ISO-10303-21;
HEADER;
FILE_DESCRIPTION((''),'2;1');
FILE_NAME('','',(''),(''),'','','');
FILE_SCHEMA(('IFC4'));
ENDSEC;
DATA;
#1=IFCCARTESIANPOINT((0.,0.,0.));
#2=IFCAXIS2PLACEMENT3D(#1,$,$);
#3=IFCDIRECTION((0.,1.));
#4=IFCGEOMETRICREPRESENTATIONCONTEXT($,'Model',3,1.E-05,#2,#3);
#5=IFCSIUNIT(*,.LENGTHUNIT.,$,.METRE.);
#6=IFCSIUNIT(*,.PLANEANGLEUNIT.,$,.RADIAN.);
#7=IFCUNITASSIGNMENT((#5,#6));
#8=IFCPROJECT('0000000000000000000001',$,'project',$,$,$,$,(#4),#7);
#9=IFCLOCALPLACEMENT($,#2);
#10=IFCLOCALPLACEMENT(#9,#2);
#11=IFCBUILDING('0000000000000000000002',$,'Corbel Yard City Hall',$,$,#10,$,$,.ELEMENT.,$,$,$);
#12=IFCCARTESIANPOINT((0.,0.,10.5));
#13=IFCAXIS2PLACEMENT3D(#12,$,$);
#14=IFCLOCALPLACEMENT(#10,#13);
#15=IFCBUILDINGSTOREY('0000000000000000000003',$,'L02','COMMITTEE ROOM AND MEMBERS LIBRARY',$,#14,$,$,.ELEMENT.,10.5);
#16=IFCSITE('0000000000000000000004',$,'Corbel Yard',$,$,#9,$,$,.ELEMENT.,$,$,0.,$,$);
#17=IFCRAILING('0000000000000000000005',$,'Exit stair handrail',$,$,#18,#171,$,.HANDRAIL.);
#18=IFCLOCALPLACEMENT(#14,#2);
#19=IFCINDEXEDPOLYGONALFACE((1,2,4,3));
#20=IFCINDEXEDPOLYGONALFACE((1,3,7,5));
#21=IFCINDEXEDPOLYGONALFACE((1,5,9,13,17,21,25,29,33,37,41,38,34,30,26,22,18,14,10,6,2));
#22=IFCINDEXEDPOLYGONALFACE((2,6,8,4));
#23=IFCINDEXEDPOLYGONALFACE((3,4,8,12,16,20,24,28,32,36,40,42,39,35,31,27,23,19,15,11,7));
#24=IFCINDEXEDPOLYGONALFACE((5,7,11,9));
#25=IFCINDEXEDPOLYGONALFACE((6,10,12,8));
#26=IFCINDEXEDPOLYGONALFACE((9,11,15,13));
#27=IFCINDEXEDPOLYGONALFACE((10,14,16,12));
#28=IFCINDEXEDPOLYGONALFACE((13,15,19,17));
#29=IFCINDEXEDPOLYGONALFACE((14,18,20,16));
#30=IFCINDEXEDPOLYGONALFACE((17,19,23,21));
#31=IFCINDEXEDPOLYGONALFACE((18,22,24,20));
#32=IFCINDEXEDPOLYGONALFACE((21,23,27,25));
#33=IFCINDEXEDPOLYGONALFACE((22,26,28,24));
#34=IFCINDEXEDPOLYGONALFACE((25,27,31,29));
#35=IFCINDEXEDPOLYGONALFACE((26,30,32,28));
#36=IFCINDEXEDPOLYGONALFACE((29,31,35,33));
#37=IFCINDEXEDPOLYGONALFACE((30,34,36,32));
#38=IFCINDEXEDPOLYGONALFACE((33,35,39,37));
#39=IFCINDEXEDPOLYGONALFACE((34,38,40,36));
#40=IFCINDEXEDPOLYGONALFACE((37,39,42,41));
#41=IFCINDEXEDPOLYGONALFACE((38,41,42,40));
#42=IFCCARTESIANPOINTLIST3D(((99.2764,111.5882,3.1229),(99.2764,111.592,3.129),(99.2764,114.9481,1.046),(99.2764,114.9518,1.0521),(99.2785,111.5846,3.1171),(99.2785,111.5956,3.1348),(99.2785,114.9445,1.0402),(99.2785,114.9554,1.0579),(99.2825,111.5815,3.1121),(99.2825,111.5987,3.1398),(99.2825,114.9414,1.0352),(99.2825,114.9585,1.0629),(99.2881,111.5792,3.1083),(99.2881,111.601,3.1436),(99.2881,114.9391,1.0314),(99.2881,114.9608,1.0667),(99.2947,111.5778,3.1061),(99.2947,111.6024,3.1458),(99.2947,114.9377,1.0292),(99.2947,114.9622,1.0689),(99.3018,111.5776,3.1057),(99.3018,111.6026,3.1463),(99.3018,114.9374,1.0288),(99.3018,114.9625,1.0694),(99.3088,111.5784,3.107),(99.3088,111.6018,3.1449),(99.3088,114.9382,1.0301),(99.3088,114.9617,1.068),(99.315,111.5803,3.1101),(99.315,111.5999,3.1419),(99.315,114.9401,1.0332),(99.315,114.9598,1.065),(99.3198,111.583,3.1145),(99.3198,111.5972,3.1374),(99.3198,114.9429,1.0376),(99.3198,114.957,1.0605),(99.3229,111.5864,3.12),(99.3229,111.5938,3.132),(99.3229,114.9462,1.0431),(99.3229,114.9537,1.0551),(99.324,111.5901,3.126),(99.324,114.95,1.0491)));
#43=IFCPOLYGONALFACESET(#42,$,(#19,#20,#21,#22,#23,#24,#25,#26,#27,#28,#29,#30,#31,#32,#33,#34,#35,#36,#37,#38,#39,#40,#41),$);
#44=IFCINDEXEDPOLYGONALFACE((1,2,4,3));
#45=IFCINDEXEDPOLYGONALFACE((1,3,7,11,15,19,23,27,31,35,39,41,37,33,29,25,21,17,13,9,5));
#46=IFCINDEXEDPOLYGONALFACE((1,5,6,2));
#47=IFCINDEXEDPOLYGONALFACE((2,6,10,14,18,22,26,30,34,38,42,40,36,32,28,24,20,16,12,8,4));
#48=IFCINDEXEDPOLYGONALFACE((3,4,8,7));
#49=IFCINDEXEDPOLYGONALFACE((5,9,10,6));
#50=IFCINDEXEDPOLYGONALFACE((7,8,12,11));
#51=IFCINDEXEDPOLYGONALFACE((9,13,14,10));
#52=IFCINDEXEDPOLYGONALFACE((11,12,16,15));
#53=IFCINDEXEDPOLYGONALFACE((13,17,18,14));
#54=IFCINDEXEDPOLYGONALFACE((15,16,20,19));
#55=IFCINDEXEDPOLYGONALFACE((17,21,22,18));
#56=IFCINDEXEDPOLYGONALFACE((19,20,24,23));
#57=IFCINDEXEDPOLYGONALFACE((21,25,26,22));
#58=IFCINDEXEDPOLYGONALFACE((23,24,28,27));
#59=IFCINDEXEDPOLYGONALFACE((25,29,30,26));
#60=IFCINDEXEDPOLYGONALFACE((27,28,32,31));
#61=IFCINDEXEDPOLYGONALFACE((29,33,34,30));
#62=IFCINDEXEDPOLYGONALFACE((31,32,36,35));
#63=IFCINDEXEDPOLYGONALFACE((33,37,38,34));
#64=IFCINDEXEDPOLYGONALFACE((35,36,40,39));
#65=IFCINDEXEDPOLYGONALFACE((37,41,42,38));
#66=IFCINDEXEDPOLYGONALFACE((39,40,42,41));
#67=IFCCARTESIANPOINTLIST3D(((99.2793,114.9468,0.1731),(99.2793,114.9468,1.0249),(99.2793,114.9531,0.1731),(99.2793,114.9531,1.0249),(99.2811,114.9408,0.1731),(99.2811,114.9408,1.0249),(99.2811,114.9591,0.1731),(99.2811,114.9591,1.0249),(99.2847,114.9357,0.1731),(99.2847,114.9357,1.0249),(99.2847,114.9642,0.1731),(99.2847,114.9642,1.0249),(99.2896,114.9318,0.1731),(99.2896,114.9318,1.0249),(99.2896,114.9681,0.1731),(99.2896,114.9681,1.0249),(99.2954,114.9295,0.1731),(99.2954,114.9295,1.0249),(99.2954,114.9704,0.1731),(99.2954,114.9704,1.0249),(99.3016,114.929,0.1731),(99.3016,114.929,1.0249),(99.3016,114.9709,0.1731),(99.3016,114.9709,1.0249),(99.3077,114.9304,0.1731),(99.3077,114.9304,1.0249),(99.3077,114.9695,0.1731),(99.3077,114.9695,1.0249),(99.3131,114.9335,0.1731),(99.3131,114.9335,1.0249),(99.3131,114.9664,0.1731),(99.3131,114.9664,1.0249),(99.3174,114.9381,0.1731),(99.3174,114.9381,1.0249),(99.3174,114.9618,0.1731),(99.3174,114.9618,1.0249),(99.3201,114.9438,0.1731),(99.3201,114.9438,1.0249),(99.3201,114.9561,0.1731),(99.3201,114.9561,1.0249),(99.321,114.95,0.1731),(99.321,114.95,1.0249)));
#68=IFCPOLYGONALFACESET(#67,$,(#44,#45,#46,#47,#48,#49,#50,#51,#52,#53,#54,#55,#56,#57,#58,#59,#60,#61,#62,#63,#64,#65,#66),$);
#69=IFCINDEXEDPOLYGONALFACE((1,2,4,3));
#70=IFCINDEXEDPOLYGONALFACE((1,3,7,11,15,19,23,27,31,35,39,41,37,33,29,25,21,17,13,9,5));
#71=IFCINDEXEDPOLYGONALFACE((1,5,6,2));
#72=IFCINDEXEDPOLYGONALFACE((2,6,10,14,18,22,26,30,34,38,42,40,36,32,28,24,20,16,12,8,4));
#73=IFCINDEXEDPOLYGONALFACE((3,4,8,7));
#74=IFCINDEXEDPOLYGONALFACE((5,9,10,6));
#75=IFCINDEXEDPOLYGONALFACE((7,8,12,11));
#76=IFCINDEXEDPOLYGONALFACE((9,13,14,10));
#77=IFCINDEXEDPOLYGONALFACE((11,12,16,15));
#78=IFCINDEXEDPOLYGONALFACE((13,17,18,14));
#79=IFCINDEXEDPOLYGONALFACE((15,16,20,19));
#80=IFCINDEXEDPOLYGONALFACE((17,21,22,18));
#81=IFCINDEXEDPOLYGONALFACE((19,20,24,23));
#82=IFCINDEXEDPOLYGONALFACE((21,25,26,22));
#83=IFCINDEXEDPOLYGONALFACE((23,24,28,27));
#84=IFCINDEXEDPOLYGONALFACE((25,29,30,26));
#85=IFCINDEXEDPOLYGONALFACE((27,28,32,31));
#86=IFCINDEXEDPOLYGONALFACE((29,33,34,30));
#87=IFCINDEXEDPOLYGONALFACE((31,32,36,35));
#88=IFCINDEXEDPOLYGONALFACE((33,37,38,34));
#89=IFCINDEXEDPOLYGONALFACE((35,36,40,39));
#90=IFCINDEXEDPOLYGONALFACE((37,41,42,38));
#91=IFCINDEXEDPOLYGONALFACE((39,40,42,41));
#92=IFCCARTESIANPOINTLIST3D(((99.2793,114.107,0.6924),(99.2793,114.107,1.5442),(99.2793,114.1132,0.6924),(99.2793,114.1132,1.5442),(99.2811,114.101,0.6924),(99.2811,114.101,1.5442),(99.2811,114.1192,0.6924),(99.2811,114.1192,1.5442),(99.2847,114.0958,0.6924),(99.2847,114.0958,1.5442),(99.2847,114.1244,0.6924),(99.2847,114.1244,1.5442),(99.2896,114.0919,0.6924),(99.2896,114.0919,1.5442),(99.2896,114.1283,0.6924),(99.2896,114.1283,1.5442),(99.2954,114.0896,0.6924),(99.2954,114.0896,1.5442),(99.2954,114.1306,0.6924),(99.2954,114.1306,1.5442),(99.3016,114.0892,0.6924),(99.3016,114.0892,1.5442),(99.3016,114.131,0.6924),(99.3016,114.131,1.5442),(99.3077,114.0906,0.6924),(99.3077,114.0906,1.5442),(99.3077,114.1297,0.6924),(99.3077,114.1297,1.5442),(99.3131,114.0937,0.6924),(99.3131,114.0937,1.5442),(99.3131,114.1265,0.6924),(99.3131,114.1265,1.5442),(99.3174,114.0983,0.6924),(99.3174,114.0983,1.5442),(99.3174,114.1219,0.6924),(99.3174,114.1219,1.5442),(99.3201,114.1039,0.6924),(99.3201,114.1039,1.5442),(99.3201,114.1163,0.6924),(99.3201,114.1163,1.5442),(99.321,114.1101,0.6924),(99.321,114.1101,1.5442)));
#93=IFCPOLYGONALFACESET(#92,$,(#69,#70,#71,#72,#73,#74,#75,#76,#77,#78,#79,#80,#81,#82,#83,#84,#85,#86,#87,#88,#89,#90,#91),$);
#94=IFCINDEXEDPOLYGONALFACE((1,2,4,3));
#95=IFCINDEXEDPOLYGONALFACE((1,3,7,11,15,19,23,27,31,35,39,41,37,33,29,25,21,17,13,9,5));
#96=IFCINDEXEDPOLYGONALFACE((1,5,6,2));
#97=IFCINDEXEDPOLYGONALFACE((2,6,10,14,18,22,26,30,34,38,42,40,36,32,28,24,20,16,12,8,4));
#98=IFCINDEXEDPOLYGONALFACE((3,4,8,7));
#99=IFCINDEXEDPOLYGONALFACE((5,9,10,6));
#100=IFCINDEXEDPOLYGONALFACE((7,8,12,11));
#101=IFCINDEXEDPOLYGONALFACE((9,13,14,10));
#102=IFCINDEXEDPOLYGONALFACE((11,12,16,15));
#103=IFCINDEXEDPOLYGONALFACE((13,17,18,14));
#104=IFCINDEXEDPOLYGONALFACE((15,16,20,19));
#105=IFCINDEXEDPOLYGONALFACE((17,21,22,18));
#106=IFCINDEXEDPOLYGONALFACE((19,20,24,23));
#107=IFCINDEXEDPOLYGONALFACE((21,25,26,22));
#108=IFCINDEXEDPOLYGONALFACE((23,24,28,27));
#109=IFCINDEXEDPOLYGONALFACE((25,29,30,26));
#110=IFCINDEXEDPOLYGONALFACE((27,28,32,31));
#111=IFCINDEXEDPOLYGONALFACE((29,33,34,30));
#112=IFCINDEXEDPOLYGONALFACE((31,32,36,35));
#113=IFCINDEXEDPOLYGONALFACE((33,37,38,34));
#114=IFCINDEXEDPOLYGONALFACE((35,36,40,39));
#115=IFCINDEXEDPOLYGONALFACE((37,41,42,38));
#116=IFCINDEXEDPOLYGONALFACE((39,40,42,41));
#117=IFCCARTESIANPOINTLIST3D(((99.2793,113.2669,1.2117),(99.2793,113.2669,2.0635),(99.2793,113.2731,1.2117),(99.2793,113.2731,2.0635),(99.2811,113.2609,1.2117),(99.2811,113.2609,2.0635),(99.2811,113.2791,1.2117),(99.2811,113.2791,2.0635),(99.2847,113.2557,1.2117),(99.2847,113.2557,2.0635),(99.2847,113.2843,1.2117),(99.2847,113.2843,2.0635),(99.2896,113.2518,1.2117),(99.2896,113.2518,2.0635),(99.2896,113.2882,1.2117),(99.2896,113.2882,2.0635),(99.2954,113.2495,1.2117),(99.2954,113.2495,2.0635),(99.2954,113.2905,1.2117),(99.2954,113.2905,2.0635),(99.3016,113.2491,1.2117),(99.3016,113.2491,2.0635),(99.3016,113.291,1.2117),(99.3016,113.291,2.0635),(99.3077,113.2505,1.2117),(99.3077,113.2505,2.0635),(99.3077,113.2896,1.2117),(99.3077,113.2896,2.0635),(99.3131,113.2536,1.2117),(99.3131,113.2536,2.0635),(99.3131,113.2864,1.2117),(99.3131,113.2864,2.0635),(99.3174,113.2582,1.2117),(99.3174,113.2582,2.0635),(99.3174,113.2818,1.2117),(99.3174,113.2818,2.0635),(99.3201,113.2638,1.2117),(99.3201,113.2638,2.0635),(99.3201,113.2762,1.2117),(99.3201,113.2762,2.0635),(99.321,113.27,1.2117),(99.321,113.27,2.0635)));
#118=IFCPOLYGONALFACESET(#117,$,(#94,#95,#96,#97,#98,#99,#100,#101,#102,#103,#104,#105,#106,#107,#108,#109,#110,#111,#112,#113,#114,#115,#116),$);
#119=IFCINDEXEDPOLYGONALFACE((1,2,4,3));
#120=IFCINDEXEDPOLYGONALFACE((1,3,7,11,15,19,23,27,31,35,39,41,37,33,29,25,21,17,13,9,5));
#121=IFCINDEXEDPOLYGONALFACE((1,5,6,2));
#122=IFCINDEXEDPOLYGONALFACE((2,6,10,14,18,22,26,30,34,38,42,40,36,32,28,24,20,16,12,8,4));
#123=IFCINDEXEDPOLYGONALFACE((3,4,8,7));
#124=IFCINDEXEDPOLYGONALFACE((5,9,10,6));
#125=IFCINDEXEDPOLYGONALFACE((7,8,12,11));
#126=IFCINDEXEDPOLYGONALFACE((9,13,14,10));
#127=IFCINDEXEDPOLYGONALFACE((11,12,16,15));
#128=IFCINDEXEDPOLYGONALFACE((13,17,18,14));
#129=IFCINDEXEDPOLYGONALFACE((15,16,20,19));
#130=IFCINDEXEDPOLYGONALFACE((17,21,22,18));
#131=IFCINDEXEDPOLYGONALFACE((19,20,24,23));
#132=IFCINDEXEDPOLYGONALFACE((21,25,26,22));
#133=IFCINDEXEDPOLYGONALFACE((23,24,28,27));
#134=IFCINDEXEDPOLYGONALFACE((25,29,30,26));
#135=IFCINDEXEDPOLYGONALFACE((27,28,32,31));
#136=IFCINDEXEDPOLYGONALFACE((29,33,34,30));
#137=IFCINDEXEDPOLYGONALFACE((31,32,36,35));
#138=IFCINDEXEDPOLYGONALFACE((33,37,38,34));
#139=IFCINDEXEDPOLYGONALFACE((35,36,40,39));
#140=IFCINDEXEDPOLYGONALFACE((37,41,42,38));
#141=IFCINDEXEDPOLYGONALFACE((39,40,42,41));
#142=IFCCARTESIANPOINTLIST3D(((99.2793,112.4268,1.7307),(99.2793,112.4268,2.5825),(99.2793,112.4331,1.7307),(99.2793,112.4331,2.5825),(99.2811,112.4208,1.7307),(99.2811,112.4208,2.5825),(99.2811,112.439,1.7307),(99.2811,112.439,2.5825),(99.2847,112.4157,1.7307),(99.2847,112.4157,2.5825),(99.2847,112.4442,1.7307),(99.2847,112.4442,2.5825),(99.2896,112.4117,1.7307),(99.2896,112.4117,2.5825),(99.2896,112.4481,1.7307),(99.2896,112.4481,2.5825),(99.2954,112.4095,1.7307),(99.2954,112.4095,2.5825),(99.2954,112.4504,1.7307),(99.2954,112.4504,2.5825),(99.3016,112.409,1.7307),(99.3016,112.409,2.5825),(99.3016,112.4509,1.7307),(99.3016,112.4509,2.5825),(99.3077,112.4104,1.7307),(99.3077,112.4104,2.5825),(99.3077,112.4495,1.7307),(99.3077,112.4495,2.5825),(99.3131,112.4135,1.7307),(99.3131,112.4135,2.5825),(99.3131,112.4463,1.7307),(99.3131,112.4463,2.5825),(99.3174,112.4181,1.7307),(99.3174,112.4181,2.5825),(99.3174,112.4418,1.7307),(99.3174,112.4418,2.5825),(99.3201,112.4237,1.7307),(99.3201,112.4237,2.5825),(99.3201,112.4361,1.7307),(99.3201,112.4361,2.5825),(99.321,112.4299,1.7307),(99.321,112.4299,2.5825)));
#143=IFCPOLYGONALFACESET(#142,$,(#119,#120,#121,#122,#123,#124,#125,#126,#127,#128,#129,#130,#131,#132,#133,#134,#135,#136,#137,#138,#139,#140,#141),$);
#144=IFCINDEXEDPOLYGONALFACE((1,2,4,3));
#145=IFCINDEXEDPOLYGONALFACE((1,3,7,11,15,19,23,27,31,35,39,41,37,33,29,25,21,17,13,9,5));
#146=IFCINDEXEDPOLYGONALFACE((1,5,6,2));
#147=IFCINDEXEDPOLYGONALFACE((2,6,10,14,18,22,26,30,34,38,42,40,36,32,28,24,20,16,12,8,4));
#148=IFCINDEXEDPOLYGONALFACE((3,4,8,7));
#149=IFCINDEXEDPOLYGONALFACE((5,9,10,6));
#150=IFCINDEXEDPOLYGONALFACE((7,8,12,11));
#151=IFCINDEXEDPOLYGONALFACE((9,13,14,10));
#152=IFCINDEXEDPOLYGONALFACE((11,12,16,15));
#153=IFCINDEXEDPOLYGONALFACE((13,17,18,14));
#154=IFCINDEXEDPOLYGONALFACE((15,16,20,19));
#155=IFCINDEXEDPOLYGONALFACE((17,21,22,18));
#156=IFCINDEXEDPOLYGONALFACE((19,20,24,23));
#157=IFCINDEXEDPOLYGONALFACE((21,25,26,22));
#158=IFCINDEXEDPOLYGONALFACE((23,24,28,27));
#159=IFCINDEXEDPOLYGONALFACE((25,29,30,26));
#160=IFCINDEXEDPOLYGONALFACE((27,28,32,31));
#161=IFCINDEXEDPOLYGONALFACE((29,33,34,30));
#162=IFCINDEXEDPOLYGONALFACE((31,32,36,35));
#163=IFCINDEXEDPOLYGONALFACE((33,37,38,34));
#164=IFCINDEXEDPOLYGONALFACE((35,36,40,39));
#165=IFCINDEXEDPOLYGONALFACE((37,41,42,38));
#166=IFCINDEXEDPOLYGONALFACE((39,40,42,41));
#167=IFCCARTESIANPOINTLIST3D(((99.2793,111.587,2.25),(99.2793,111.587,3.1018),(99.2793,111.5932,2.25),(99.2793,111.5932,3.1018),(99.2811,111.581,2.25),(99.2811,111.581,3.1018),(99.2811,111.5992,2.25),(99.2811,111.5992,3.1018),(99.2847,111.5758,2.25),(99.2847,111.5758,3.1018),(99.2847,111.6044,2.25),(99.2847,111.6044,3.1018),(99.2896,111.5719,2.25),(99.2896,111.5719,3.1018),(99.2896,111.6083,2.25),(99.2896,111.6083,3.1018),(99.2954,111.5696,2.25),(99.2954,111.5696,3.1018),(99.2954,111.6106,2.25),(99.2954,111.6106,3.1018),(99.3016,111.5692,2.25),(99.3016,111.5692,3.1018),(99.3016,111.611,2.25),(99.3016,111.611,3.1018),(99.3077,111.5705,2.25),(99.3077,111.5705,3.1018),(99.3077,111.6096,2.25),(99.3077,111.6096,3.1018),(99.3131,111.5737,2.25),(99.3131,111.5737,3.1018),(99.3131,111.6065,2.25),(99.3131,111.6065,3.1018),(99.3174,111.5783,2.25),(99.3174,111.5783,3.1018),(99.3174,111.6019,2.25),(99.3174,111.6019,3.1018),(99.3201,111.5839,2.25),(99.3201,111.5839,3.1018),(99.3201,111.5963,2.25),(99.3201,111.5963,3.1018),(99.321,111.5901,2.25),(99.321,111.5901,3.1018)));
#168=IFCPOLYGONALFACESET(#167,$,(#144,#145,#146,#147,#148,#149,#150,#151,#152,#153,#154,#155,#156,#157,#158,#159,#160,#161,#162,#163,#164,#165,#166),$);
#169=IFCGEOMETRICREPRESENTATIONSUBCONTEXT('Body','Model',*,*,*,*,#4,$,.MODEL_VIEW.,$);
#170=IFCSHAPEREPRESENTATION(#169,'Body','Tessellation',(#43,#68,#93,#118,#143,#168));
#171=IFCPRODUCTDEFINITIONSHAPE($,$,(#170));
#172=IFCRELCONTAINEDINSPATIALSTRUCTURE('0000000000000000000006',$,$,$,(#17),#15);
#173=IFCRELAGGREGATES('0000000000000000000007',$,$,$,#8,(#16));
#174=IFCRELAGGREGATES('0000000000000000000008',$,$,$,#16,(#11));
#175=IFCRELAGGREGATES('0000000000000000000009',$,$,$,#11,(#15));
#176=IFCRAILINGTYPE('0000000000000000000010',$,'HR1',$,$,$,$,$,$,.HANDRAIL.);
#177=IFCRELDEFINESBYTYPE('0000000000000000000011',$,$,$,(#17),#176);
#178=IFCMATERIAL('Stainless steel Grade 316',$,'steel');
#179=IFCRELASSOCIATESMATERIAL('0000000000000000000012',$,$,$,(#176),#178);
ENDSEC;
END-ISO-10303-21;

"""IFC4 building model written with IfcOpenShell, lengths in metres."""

from ifc_helpers import new_model, si_unit, direction, frame, origin, origin_2d, place, context, subcontext, project, spatial, circle, extrude, material, type_object, element, save


model = new_model("IFC4")

# Units and contexts
model_context = context("Model", 3, precision=1e-05, world=origin(), true_north=direction((0.0, 1.0)))
body_context = subcontext(model_context, "Body", "Model", "MODEL_VIEW")
ifc_project = project(units=[si_unit("LENGTHUNIT", "METRE"), si_unit("PLANEANGLEUNIT", "RADIAN")], contexts=[model_context])

# Site, building, storey
site_placement = place(None, origin())
site = spatial("IfcSite", under=ifc_project, at=site_placement, Name="Corbel Yard", CompositionType="ELEMENT", RefElevation=0.0)
building_placement = place(site_placement, origin())
building = spatial("IfcBuilding", under=site, at=building_placement, Name="Corbel Yard City Hall", CompositionType="ELEMENT")
storey_placement = place(building_placement, frame((0.0, 0.0, 10.5)))
storey = spatial("IfcBuildingStorey", under=building, at=storey_placement, Name="L02", Description="COMMITTEE ROOM AND MEMBERS LIBRARY", CompositionType="ELEMENT", Elevation=10.5)

# Shared definitions
ifc_material_1 = material(Name="Stainless steel Grade 316", Category="steel")

# Railing
railing_type_1 = type_object("IfcRailingType", Name="HR1", PredefinedType="HANDRAIL", material=ifc_material_1)
for number, where, name in (
    (1, (99.3, 114.95, 0.1731), "Exit stair handrail"),
):
    element("IfcRailing", number, at=place(storey_placement, frame(where)), inside=storey, type_object=railing_type_1, Name=name, PredefinedType="HANDRAIL", context=body_context, shape_type="SweptSolid", body=[
        extrude(circle(Radius=0.0239, at=origin_2d()), frame((0.0, 0.0, 0.876), z_axis=(0.0, -0.850606, 0.525803), x_axis=(1.0, 0.0, 0.0)), (0.0, 0.0, 1.0), 3.95),
        extrude(circle(Radius=0.021, at=origin_2d()), origin(), (0.0, 0.0, 1.0), 0.8518),
        extrude(circle(Radius=0.021, at=origin_2d()), frame((0.0, -0.8398, 0.5193)), (0.0, 0.0, 1.0), 0.8518),
        extrude(circle(Radius=0.021, at=origin_2d()), frame((0.0, -1.6799, 1.0386)), (0.0, 0.0, 1.0), 0.8518),
        extrude(circle(Radius=0.021, at=origin_2d()), frame((0.0, -2.52, 1.5576)), (0.0, 0.0, 1.0), 0.8518),
        extrude(circle(Radius=0.021, at=origin_2d()), frame((0.0, -3.3599, 2.0769)), (0.0, 0.0, 1.0), 0.8518),
    ])

save(model, "model.ifc")
